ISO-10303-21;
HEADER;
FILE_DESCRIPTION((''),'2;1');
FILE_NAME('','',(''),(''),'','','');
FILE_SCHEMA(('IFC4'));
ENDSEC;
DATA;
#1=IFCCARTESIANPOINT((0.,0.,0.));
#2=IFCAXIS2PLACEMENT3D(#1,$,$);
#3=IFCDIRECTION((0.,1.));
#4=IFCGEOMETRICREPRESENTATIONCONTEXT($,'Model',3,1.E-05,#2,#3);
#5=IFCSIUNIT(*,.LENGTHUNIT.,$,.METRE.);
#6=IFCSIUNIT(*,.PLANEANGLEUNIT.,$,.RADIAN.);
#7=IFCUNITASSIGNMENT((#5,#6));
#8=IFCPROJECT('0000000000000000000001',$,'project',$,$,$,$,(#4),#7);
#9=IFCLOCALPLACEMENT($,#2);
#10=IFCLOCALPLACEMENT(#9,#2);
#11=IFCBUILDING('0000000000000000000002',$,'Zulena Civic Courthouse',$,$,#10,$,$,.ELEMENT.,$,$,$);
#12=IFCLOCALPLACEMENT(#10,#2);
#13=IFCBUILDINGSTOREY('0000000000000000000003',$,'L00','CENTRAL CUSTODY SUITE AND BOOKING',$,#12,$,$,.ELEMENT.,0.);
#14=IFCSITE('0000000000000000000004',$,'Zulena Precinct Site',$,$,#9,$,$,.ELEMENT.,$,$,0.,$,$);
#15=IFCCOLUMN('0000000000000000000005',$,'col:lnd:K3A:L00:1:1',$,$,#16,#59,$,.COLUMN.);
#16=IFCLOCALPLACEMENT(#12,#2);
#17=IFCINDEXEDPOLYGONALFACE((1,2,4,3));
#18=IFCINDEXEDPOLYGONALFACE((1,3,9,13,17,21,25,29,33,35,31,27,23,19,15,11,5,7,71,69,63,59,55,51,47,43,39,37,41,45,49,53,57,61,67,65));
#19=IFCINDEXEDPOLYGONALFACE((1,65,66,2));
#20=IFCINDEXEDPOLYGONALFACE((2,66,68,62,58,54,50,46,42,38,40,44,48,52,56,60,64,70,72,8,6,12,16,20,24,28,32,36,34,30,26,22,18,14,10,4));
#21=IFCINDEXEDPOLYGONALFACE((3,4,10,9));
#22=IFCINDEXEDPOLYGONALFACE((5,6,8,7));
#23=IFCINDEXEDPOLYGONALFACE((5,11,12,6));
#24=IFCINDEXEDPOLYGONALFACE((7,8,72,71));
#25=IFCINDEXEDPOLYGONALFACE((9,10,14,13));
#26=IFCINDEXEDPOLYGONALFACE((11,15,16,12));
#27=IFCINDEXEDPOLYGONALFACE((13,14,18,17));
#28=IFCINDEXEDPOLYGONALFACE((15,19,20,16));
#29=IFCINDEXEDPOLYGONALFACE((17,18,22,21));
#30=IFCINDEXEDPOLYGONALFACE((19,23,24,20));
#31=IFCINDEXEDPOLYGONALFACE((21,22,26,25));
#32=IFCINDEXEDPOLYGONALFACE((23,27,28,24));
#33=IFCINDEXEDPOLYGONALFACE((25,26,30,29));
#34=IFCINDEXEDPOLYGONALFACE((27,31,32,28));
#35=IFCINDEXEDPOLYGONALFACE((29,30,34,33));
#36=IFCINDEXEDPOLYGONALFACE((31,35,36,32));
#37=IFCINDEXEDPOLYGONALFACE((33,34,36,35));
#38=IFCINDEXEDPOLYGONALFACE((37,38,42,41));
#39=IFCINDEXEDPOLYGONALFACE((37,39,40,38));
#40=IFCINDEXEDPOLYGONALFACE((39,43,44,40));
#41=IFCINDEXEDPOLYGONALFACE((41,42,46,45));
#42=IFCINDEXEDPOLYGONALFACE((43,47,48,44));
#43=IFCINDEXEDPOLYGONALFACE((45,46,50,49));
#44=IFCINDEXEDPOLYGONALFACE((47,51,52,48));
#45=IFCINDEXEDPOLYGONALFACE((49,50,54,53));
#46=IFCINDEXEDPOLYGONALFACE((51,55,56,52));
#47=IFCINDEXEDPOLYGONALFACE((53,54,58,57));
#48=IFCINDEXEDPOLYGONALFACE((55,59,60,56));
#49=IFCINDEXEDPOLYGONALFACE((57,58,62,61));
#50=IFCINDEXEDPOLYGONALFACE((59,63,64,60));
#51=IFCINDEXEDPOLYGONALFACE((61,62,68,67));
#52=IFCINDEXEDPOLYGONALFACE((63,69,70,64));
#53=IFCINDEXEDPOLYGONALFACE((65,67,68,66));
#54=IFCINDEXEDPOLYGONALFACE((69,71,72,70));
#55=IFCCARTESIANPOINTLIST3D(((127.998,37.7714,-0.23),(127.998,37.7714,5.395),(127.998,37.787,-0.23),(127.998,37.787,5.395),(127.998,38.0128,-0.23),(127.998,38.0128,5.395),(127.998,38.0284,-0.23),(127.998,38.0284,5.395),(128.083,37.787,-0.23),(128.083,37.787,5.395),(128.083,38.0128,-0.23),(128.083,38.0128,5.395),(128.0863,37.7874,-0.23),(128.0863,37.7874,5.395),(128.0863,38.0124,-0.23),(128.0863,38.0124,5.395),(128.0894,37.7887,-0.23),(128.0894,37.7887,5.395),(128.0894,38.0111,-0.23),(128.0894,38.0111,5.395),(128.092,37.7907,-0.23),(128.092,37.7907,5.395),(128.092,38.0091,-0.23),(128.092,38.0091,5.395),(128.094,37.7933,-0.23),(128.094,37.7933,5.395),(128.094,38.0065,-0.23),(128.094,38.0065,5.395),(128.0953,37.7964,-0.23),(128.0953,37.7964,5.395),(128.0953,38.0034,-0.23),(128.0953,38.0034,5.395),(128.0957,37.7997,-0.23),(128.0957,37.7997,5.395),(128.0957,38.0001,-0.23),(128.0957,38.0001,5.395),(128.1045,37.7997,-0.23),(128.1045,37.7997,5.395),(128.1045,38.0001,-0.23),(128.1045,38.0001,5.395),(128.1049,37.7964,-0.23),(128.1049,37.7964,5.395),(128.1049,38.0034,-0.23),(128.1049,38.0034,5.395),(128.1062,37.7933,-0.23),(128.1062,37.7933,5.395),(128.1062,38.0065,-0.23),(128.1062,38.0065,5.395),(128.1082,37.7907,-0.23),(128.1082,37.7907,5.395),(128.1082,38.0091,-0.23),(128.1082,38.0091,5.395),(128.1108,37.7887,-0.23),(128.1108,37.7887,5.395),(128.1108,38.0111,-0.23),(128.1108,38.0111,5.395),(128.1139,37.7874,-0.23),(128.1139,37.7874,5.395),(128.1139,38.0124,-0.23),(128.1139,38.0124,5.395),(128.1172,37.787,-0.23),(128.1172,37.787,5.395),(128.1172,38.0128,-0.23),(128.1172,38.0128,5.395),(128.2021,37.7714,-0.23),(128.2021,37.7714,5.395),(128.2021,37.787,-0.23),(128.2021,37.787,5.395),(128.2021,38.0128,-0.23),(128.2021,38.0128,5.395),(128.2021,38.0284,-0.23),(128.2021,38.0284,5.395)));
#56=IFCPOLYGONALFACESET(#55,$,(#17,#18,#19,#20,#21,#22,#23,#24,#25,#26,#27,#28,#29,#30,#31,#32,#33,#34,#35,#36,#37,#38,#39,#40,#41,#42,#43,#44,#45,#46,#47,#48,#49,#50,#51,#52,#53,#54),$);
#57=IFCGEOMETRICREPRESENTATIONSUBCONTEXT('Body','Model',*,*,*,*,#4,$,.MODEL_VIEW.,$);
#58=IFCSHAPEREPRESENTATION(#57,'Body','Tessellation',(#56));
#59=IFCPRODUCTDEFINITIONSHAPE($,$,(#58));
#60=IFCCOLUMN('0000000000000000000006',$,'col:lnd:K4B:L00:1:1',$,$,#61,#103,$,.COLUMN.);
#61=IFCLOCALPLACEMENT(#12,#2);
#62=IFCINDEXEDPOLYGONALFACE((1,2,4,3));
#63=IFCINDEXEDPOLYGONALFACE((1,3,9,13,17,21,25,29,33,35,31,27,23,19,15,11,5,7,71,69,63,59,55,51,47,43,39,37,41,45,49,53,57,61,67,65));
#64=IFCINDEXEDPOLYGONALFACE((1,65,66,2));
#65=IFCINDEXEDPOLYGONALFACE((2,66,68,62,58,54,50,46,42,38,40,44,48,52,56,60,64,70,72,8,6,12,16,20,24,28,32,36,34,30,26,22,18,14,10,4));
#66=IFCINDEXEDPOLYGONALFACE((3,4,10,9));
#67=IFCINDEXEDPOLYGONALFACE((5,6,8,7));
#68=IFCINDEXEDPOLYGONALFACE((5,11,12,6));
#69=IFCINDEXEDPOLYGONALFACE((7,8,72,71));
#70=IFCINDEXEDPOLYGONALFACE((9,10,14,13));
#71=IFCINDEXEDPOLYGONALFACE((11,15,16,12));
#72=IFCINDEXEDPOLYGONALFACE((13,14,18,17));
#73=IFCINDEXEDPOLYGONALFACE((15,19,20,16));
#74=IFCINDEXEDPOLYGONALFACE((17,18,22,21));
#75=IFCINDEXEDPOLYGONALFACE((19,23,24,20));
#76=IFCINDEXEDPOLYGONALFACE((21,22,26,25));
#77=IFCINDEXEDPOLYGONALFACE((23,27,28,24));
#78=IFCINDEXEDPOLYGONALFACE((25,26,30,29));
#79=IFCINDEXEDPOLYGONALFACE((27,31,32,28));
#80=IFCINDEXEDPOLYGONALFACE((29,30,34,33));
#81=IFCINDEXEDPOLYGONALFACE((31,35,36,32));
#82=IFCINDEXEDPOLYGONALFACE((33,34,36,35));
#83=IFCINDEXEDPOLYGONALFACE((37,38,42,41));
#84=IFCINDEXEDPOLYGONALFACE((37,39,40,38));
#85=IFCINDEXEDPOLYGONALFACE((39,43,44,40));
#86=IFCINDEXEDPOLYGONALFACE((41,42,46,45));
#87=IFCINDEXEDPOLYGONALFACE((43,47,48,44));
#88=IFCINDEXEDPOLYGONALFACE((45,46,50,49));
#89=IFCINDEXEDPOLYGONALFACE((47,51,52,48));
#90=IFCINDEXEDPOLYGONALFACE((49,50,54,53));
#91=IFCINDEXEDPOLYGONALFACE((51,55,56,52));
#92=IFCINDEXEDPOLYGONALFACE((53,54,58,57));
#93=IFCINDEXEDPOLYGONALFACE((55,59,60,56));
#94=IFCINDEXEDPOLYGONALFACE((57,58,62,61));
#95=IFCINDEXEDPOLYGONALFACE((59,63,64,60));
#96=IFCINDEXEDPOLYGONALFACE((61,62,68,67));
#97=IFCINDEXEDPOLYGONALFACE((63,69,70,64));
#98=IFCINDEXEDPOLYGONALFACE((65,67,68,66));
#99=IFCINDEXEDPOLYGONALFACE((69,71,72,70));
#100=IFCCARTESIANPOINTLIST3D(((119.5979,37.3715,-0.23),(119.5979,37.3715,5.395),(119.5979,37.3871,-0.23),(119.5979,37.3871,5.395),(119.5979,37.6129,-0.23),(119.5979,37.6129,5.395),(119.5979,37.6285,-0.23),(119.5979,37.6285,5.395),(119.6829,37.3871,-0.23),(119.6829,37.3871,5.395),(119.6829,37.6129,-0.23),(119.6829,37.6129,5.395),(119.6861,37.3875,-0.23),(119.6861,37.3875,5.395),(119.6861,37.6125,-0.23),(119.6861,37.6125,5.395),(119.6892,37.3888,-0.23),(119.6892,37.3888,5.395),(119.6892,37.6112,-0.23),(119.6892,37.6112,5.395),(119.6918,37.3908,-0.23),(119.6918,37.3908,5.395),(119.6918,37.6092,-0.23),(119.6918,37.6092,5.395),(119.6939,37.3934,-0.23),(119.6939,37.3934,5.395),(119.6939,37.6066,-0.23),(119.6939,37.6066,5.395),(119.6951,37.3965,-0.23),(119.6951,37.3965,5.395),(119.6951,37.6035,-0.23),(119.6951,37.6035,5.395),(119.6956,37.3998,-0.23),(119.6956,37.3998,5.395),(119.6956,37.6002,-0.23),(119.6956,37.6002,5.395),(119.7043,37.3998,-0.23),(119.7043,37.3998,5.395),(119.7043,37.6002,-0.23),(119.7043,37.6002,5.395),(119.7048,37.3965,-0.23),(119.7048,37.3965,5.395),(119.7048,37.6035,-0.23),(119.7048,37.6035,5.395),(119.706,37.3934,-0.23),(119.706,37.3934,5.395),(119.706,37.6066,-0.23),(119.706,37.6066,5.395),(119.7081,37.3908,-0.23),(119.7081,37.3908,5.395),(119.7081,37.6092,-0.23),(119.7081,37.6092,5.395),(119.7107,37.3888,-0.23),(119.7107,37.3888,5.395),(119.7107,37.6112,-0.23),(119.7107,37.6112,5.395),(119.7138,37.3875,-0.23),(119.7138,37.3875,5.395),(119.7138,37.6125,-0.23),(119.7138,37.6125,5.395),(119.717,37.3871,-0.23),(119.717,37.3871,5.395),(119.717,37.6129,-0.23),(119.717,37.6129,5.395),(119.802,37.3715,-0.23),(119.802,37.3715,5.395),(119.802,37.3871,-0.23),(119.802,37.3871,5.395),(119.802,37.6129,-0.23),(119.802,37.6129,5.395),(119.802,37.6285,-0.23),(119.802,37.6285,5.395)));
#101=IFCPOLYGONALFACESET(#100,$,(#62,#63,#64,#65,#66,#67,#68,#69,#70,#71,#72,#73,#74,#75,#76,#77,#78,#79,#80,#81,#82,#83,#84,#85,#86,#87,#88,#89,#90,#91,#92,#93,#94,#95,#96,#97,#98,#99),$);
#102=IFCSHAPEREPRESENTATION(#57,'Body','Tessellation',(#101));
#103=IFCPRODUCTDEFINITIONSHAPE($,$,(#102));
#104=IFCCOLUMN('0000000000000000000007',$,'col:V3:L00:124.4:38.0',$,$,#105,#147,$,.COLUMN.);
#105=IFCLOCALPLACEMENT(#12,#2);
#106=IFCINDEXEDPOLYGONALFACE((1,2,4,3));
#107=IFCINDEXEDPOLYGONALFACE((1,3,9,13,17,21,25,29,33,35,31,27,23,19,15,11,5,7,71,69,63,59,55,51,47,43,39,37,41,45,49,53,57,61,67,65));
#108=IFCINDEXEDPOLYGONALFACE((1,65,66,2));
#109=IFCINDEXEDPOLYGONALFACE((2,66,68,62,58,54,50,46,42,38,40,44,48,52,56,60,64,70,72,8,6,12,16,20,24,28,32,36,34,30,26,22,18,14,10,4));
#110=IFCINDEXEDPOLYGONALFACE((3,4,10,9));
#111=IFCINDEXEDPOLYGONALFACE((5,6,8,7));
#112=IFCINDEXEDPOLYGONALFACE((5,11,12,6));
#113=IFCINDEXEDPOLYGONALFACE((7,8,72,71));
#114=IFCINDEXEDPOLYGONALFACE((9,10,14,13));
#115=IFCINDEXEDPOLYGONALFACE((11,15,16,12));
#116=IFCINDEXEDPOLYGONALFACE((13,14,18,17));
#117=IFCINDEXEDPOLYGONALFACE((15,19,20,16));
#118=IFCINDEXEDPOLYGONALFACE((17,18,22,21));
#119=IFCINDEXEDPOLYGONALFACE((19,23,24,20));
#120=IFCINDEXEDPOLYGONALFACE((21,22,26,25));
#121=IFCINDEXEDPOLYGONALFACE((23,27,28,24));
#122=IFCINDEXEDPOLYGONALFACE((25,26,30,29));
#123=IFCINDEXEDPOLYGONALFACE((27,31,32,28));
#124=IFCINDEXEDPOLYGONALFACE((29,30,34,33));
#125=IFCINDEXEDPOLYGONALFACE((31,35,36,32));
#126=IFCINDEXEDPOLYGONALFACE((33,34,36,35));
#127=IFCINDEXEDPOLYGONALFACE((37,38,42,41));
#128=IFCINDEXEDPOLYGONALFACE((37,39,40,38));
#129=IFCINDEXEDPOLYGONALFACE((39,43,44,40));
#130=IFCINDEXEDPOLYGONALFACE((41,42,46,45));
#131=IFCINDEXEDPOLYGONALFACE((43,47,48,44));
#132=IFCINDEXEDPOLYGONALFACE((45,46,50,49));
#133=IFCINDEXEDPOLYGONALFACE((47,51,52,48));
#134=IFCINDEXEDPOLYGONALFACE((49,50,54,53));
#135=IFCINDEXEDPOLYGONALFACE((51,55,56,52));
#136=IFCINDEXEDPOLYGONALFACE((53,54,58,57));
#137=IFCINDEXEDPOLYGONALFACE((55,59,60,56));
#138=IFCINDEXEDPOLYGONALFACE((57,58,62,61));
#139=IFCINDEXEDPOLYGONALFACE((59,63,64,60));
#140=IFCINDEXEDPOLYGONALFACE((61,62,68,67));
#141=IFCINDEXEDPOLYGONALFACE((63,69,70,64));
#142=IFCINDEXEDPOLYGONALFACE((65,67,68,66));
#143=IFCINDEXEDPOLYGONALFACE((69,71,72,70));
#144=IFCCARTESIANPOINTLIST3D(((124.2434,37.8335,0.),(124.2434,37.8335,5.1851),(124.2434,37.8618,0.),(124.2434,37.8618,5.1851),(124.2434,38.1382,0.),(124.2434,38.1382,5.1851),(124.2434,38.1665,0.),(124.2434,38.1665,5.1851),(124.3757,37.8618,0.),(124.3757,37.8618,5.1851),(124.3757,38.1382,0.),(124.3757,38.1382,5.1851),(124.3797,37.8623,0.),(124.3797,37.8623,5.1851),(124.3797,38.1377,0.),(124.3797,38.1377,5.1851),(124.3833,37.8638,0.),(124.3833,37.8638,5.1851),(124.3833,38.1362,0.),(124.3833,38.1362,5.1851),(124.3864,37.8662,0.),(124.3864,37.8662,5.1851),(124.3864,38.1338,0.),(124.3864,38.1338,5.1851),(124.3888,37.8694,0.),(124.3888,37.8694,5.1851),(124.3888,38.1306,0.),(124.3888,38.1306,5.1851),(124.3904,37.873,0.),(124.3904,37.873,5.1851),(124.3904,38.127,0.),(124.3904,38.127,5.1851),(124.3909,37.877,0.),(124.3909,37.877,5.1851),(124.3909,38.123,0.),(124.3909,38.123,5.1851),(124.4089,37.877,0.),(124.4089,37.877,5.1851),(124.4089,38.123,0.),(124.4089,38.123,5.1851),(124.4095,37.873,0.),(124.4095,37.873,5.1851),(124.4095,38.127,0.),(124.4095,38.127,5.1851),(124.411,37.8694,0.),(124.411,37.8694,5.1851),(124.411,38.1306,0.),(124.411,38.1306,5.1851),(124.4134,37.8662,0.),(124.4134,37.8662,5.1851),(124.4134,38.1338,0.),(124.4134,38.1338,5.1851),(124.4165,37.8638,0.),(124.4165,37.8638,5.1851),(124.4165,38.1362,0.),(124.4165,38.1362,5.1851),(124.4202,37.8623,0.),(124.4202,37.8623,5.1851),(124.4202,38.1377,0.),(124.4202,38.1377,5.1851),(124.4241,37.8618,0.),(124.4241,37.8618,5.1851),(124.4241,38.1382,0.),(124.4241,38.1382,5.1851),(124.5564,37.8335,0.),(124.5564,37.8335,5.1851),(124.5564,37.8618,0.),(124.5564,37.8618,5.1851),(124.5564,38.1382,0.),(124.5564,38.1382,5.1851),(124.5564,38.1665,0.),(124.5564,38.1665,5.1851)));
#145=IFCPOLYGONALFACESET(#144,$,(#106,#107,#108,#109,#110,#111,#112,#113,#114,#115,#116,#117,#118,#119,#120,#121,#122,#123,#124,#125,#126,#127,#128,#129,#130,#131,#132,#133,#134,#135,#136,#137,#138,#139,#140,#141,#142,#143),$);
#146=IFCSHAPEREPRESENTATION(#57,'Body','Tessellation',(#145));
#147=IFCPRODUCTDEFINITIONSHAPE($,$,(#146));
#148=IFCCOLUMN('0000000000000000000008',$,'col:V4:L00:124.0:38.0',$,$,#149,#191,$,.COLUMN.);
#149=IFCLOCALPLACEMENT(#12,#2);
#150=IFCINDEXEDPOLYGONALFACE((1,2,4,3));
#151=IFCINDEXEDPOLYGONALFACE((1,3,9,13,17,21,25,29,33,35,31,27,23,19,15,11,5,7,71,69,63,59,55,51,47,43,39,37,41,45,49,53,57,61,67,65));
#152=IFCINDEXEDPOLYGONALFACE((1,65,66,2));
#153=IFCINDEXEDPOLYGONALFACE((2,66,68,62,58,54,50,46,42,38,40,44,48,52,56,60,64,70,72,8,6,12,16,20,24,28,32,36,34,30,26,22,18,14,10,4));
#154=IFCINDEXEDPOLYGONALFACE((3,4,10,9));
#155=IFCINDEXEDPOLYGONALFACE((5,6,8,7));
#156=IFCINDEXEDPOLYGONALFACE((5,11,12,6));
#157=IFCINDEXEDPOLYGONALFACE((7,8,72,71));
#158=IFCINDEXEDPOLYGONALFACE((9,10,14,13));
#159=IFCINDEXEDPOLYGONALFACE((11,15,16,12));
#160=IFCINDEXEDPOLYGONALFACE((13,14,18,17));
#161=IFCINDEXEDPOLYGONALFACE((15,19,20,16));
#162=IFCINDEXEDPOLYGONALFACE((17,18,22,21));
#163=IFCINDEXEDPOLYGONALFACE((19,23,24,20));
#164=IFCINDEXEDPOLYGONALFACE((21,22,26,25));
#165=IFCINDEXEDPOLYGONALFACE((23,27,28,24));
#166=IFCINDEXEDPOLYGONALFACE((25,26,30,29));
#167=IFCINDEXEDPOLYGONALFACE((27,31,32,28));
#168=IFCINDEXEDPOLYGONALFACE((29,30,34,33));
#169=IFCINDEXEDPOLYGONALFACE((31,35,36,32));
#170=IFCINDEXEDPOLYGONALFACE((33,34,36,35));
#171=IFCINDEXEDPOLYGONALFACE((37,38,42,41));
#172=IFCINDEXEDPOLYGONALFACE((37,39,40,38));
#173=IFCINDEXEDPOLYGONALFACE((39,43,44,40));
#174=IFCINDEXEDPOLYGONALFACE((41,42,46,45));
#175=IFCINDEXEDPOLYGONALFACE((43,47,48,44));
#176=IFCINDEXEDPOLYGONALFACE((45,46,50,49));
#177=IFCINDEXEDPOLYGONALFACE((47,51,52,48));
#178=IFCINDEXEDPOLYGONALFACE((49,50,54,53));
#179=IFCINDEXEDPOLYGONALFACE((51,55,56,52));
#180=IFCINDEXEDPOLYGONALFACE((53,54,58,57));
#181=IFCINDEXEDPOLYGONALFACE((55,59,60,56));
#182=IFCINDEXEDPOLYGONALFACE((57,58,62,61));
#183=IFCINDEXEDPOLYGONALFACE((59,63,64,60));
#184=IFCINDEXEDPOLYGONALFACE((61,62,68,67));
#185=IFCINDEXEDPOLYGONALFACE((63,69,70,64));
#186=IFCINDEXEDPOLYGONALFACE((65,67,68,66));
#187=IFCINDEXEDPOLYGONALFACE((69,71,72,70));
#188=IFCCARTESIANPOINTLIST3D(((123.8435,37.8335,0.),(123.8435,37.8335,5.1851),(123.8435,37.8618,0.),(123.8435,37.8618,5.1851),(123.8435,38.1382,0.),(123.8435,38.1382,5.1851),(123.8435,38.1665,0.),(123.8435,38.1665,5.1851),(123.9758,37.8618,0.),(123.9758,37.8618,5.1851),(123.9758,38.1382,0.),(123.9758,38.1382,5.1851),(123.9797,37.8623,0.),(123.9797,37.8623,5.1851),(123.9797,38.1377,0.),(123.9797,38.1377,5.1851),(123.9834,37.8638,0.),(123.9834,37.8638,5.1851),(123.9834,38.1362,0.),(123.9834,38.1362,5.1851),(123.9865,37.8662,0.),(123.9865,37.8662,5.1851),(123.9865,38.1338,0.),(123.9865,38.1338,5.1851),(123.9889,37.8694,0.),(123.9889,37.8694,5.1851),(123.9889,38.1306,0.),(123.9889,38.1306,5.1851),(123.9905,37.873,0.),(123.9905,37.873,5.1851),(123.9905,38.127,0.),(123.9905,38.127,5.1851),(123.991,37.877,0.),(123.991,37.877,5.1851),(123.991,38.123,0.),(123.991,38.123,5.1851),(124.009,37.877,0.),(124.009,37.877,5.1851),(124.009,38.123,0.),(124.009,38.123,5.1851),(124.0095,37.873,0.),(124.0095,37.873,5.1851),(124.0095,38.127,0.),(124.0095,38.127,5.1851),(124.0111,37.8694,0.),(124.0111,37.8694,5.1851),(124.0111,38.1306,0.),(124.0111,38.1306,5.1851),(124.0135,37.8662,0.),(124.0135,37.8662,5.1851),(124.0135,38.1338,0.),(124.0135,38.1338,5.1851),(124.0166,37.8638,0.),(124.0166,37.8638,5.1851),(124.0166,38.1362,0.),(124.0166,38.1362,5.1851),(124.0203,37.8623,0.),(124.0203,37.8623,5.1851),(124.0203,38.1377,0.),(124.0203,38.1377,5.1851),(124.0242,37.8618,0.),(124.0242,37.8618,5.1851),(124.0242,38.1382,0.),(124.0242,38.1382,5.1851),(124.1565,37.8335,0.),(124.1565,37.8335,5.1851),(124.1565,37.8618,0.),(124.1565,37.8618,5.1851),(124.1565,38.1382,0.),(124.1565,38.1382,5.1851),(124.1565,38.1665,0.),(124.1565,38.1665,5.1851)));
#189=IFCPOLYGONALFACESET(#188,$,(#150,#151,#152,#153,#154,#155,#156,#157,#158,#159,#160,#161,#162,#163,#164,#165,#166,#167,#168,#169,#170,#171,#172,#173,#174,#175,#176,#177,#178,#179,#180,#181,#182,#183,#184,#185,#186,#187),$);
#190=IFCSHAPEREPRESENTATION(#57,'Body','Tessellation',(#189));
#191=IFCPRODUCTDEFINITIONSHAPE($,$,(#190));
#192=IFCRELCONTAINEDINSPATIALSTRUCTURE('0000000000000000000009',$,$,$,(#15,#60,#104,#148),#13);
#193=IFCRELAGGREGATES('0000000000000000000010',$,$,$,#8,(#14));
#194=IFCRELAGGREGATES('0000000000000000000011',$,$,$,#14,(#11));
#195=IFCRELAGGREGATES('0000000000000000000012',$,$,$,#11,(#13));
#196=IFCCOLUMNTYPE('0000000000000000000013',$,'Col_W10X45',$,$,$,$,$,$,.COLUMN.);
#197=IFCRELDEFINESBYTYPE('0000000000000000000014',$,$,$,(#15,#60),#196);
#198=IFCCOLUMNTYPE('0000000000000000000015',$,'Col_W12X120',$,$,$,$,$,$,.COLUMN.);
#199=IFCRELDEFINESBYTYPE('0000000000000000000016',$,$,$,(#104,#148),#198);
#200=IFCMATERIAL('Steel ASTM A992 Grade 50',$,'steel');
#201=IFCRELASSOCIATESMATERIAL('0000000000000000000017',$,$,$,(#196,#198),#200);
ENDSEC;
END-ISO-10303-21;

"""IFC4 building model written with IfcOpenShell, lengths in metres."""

from ifc_helpers import new_model, si_unit, direction, frame, origin, origin_2d, place, context, subcontext, project, spatial, i_section, extrude, material, material_profile, profile_set, type_object, element, save


model = new_model("IFC4")

# Units and contexts
model_context = context("Model", 3, precision=1e-05, world=origin(), true_north=direction((0.0, 1.0)))
body_context = subcontext(model_context, "Body", "Model", "MODEL_VIEW")
ifc_project = project(units=[si_unit("LENGTHUNIT", "METRE"), si_unit("PLANEANGLEUNIT", "RADIAN")], contexts=[model_context])

# Site, building, storey
site_placement = place(None, origin())
site = spatial("IfcSite", under=ifc_project, at=site_placement, Name="Zulena Precinct Site", CompositionType="ELEMENT", RefElevation=0.0)
building_placement = place(site_placement, origin())
building = spatial("IfcBuilding", under=site, at=building_placement, Name="Zulena Civic Courthouse", CompositionType="ELEMENT")
storey_placement = place(building_placement, origin())
storey = spatial("IfcBuildingStorey", under=building, at=storey_placement, Name="L00", Description="CENTRAL CUSTODY SUITE AND BOOKING", CompositionType="ELEMENT", Elevation=0.0)

# Columns
ifc_material_1 = material(Name="Steel ASTM A992 Grade 50", Category="steel")
ifc_material_profile_1 = material_profile(ifc_material_1, i_section(OverallWidth=0.2041, OverallDepth=0.2571, WebThickness=0.0088, FlangeThickness=0.0156, FilletRadius=0.0127, at=origin_2d()), Name="W10X45")
ifc_profile_set_1 = profile_set([ifc_material_profile_1], Name="Steel ASTM A992 Grade 50")
column_type_1 = type_object("IfcColumnType", Name="Col_W10X45", PredefinedType="COLUMN", material=ifc_profile_set_1)
for number, where, z_axis, x_axis, name in (
    (1, (128.1001, 37.8999, -0.23), (0.0, 0.0, 1.0), (1.0, 0.0, 0.0), "col:lnd:K3A:L00:1:1"),
    (2, (119.7, 37.5, -0.23), (0.0, 0.0, 1.0), (1.0, 0.0, 0.0), "col:lnd:K4B:L00:1:1"),
):
    element("IfcColumn", number, at=place(storey_placement, frame(where, z_axis=z_axis, x_axis=x_axis)), inside=storey, type_object=column_type_1, Name=name, PredefinedType="COLUMN", context=body_context, shape_type="SweptSolid", body=[
        extrude(i_section(OverallWidth=0.2041, OverallDepth=0.2571, WebThickness=0.0088, FlangeThickness=0.0156, FilletRadius=0.0127, at=origin_2d()), origin(), (0.0, 0.0, 1.0), 5.625),
    ])
ifc_material_profile_2 = material_profile(ifc_material_1, i_section(OverallWidth=0.313, OverallDepth=0.333, WebThickness=0.0181, FlangeThickness=0.0283, FilletRadius=0.0151, at=origin_2d()), Name="W12X120")
ifc_profile_set_2 = profile_set([ifc_material_profile_2], Name="Steel ASTM A992 Grade 50")
column_type_2 = type_object("IfcColumnType", Name="Col_W12X120", PredefinedType="COLUMN", material=ifc_profile_set_2)
for number, where, z_axis, x_axis, name in (
    (3, (124.3999, 38.0, 0.0), (0.0, 0.0, 1.0), (1.0, 0.0, 0.0), "col:V3:L00:124.4:38.0"),
    (4, (124.0, 38.0, 0.0), (0.0, 0.0, 1.0), (1.0, 0.0, 0.0), "col:V4:L00:124.0:38.0"),
):
    element("IfcColumn", number, at=place(storey_placement, frame(where, z_axis=z_axis, x_axis=x_axis)), inside=storey, type_object=column_type_2, Name=name, PredefinedType="COLUMN", context=body_context, shape_type="SweptSolid", body=[
        extrude(i_section(OverallWidth=0.313, OverallDepth=0.333, WebThickness=0.0181, FlangeThickness=0.0283, FilletRadius=0.0151, at=origin_2d()), origin(), (0.0, 0.0, 1.0), 5.1851),
    ])

save(model, "model.ifc")
